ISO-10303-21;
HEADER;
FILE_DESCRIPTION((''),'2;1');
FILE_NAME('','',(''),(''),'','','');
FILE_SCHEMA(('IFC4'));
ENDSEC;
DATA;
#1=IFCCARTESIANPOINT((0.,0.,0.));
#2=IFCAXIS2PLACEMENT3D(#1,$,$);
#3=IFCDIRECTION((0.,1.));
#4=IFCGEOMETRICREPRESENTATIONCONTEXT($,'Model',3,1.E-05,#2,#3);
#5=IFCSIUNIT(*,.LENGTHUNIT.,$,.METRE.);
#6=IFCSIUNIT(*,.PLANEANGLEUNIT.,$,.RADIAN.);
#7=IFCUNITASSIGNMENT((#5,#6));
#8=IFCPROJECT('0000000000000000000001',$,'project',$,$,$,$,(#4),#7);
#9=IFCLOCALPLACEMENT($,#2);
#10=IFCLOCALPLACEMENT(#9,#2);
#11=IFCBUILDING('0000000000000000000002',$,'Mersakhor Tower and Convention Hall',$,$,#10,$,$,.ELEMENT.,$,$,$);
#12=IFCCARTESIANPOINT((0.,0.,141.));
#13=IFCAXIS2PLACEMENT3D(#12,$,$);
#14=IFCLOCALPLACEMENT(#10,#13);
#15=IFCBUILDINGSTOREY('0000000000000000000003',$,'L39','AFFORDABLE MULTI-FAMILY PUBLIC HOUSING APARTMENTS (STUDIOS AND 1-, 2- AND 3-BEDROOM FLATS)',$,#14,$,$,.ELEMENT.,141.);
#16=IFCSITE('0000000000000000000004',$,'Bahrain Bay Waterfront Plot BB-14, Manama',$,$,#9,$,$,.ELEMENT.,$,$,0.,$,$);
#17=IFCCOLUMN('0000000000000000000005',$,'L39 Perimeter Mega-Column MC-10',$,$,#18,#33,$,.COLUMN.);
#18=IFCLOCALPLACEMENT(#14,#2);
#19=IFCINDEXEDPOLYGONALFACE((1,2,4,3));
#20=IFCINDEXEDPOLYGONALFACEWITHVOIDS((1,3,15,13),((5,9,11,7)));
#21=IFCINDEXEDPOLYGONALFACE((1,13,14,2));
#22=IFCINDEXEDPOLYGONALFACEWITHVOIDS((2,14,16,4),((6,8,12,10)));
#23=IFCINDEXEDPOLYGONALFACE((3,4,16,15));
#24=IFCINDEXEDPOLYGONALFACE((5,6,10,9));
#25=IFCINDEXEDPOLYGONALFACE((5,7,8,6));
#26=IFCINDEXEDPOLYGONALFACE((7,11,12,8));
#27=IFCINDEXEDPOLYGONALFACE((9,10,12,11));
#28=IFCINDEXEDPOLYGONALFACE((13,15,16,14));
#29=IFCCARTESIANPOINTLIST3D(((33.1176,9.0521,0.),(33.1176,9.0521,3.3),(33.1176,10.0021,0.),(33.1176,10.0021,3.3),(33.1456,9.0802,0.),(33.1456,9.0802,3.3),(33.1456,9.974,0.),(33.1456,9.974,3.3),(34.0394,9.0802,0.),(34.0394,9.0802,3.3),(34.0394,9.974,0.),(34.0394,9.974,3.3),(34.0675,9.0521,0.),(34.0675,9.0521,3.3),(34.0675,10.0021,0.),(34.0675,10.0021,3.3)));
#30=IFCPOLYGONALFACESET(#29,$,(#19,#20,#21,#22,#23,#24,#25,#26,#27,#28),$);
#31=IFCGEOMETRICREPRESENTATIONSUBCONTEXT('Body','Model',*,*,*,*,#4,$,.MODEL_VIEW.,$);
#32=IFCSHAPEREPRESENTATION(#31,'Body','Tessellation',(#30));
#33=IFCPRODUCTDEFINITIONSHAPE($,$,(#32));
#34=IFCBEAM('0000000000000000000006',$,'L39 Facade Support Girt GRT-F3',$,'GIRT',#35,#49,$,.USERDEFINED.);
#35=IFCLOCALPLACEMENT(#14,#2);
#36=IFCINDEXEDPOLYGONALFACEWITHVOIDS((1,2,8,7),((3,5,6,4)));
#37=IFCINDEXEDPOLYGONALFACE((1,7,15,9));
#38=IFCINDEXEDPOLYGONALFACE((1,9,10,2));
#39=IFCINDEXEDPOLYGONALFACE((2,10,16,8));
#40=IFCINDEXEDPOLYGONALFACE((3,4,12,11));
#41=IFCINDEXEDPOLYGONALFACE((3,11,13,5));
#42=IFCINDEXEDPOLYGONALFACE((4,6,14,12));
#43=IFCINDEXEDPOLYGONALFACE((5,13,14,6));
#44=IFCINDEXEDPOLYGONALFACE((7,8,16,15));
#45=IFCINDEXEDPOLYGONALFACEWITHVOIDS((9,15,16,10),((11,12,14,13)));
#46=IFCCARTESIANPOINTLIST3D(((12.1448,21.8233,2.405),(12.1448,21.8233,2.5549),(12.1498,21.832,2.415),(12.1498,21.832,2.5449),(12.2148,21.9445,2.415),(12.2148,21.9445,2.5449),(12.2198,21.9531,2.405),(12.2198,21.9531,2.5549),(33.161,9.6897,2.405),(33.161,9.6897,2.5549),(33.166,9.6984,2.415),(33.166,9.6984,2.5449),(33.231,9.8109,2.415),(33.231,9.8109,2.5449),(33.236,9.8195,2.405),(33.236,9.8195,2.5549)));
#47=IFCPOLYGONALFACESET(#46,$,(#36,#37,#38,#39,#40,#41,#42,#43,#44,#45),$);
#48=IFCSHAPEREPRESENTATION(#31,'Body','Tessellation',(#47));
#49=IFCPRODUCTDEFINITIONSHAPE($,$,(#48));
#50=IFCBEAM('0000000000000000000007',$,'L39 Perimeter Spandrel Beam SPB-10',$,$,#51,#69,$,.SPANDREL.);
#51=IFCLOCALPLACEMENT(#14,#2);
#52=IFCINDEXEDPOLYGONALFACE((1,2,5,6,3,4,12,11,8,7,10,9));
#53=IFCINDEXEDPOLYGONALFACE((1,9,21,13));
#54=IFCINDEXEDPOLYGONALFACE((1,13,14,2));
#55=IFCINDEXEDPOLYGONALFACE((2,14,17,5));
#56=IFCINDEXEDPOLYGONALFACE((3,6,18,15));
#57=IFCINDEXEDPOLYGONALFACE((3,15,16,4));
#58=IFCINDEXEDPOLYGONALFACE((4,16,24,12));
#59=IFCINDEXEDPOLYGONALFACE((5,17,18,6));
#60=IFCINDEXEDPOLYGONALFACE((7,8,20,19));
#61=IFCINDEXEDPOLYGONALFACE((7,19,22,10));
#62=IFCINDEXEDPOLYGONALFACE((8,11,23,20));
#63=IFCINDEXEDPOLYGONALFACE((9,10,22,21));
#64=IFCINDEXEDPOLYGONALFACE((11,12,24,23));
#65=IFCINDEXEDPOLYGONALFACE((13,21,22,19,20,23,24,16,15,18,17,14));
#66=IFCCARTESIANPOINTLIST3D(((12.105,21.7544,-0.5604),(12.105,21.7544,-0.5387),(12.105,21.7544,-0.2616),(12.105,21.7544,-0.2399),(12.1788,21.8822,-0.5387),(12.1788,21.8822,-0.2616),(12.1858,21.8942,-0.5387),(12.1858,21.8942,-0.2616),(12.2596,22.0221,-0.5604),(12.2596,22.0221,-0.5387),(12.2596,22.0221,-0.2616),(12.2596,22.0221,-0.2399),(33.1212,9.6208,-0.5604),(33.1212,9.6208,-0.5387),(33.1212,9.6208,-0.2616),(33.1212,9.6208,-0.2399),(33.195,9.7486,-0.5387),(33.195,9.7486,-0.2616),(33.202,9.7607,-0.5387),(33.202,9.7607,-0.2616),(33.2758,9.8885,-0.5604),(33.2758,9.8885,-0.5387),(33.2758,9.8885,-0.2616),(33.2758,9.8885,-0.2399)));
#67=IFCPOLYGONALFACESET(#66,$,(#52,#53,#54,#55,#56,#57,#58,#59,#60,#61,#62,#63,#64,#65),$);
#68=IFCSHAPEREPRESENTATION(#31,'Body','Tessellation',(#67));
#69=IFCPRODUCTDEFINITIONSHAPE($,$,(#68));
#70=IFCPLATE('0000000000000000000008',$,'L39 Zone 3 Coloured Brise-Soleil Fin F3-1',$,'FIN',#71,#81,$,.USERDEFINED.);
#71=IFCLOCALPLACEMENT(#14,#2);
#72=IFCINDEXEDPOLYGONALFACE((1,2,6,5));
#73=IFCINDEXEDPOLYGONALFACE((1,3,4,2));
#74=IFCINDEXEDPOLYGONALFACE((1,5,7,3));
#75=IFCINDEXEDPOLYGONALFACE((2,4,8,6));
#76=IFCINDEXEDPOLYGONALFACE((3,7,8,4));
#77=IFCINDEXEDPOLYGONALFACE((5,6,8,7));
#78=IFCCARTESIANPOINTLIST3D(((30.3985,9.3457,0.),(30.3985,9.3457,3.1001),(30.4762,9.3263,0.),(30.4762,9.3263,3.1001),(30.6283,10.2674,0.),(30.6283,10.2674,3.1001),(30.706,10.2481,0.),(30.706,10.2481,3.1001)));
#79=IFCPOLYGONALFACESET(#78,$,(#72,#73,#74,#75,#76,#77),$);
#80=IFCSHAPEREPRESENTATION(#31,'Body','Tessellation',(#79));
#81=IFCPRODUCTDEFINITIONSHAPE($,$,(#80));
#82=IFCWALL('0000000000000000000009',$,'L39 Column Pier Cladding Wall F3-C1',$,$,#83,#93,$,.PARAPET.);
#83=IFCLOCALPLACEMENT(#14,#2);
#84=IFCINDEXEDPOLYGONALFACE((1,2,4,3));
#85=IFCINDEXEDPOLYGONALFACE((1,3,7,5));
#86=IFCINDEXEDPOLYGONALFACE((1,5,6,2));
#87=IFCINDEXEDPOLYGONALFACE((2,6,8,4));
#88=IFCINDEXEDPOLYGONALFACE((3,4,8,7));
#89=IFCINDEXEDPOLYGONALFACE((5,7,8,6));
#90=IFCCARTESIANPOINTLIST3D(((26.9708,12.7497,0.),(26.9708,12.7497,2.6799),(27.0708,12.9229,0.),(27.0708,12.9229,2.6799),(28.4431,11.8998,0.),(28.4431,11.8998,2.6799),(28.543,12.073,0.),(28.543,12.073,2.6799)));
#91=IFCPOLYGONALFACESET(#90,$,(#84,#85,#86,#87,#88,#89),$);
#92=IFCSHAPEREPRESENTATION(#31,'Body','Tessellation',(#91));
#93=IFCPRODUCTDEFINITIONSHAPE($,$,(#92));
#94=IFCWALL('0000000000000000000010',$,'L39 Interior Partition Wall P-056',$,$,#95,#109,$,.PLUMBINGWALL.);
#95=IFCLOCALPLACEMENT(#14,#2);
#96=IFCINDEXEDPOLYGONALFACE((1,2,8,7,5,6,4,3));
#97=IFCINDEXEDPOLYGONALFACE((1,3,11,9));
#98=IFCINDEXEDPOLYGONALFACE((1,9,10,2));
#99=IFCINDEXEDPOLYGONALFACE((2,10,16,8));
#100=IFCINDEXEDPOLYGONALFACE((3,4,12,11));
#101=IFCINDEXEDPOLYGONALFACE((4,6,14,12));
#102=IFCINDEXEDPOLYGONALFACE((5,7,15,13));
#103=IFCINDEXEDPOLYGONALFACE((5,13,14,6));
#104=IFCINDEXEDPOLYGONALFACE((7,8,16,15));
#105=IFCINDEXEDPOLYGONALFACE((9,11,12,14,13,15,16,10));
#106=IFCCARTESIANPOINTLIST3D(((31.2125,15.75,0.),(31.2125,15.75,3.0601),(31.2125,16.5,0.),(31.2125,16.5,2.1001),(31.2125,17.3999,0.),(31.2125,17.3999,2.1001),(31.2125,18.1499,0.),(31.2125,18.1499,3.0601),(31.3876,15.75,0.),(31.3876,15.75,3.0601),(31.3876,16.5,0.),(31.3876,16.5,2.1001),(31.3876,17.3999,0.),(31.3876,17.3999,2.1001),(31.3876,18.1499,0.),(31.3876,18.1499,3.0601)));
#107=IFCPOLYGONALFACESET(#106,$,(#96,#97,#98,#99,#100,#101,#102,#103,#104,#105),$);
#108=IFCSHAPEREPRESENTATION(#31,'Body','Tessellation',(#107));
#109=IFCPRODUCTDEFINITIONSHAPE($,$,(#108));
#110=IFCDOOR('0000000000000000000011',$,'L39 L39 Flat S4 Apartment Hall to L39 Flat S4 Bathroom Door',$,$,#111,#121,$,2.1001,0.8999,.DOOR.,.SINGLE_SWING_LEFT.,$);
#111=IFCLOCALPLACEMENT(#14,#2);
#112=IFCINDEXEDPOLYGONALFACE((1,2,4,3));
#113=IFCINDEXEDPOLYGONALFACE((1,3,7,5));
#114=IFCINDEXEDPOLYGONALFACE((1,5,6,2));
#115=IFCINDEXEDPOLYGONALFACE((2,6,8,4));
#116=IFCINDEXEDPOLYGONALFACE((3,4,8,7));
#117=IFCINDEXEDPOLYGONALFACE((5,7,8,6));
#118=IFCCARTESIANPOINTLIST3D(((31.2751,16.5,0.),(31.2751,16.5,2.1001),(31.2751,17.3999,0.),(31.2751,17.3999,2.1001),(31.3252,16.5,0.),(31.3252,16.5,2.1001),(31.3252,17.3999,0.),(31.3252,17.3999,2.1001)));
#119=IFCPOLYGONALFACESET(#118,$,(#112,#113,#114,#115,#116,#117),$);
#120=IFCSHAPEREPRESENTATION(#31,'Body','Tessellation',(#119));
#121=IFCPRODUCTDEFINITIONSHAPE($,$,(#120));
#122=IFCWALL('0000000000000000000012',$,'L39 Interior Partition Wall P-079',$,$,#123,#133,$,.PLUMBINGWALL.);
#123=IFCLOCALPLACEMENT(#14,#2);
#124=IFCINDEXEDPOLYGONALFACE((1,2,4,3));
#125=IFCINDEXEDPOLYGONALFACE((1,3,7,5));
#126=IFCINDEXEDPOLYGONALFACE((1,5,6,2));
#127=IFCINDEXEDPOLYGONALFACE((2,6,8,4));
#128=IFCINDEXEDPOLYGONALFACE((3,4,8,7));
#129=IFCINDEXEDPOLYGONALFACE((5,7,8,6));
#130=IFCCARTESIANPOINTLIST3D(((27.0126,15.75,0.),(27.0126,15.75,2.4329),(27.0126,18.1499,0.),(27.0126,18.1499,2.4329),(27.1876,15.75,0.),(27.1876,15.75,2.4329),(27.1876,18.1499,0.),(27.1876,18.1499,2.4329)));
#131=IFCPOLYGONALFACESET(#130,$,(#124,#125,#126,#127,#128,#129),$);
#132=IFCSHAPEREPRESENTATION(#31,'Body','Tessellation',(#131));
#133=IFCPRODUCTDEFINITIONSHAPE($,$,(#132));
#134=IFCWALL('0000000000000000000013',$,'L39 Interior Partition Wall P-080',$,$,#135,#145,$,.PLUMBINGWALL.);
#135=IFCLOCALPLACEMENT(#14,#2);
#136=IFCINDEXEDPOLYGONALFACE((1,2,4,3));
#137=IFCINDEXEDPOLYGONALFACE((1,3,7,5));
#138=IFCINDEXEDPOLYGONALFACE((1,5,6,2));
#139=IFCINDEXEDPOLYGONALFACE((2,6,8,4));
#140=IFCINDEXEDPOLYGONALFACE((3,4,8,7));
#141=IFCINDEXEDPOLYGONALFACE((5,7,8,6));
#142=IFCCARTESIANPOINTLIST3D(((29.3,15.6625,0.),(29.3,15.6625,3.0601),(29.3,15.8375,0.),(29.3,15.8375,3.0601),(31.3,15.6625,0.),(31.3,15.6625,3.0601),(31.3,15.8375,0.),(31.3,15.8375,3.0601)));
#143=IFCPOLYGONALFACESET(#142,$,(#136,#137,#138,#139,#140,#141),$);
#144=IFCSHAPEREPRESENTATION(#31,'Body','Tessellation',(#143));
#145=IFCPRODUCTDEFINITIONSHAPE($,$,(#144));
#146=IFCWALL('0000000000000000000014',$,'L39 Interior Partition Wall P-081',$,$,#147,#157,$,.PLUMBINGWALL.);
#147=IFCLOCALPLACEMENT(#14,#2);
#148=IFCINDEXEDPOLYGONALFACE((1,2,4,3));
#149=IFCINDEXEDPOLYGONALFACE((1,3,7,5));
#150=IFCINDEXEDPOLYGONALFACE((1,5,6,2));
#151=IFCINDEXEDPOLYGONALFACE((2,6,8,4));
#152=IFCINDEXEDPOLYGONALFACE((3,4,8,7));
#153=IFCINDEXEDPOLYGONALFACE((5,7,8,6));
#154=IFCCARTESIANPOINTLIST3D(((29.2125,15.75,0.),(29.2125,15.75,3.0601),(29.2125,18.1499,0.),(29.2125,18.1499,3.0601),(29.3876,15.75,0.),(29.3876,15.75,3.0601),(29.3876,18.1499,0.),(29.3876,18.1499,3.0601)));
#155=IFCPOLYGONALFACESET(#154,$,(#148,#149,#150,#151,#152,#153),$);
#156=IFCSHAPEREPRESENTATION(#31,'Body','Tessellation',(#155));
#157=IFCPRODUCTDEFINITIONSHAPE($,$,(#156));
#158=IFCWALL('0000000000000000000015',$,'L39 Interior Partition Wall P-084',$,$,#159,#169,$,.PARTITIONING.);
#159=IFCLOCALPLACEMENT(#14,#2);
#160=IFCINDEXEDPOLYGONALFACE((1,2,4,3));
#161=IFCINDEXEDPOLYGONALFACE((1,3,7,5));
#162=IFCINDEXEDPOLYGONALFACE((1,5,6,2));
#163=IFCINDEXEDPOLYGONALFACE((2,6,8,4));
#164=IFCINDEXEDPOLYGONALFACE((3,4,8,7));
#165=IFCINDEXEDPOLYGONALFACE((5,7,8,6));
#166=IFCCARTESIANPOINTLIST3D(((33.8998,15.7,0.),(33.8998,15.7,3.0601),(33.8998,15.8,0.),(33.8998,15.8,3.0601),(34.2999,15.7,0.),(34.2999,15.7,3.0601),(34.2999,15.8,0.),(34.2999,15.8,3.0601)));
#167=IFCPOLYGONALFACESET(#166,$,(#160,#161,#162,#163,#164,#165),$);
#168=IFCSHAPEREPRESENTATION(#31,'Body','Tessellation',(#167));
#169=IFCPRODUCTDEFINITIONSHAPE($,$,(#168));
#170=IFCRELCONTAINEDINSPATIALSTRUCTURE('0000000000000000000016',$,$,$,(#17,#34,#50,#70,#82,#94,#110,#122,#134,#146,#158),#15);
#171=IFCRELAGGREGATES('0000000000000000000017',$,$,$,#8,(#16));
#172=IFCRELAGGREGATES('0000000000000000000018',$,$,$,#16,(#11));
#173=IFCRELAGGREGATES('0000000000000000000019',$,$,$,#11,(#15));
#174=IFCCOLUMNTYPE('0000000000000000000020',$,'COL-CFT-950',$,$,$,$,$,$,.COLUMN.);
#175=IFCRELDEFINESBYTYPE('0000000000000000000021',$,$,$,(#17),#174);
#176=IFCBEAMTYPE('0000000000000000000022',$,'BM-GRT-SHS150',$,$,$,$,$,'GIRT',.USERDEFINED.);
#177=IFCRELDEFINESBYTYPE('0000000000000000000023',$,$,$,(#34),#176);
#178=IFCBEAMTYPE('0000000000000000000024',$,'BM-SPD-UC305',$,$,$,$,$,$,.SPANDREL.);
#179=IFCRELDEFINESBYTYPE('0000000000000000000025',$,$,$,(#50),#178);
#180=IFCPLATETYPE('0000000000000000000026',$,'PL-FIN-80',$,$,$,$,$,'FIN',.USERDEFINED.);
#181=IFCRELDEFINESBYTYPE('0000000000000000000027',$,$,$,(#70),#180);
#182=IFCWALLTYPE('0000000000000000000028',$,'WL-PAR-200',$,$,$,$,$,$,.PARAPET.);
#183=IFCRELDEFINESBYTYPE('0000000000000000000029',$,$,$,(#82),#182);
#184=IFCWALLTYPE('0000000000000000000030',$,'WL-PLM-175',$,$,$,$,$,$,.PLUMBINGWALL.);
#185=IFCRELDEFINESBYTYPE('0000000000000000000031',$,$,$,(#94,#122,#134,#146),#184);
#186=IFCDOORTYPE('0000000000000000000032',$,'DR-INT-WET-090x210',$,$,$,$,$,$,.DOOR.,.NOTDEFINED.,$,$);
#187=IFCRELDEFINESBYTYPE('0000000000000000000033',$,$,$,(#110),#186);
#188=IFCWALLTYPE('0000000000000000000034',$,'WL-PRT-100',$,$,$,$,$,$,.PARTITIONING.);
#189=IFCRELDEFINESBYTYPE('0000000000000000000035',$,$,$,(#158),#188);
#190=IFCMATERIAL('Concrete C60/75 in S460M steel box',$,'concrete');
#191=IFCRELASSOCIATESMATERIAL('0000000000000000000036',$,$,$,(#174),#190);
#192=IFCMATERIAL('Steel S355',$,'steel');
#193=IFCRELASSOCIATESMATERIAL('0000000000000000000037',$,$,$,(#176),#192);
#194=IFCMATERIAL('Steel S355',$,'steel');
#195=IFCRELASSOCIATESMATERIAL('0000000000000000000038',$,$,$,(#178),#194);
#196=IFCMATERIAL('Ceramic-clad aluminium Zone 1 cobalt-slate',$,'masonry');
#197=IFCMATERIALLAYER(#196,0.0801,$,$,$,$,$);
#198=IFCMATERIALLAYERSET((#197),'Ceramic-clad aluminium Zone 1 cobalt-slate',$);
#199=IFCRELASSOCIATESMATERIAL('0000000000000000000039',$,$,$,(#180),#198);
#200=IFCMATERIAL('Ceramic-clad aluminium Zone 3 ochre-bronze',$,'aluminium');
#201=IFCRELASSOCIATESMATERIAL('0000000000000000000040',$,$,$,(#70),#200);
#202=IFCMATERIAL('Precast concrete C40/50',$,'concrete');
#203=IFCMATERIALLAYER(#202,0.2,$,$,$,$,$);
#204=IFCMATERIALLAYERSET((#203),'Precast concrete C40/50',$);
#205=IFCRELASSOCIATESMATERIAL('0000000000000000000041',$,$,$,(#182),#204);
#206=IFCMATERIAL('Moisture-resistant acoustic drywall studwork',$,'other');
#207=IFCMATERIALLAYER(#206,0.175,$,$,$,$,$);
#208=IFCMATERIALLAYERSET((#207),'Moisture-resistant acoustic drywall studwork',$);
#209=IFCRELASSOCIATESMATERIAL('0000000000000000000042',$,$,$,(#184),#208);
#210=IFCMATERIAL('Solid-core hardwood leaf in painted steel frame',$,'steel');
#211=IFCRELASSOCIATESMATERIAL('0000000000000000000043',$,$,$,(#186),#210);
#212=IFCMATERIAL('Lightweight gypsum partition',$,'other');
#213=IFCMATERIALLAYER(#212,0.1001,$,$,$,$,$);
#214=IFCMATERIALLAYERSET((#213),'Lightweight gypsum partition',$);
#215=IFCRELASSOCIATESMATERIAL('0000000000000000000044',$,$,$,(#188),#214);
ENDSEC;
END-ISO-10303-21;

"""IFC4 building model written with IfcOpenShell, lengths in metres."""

from ifc_helpers import new_model, si_unit, direction, frame, frame_2d, origin, origin_2d, place, context, subcontext, project, spatial, rectangle, hollow_rectangle, i_section, extrude, material, layer, layer_set, material_profile, profile_set, type_object, element, fill, save


model = new_model("IFC4")

# Units and contexts
model_context = context("Model", 3, precision=1e-05, world=origin(), true_north=direction((0.0, 1.0)))
body_context = subcontext(model_context, "Body", "Model", "MODEL_VIEW")
ifc_project = project(units=[si_unit("LENGTHUNIT", "METRE"), si_unit("PLANEANGLEUNIT", "RADIAN")], contexts=[model_context])

# Site, building, storey
site_placement = place(None, origin())
site = spatial("IfcSite", under=ifc_project, at=site_placement, Name="Bahrain Bay Waterfront Plot BB-14, Manama", CompositionType="ELEMENT", RefElevation=0.0)
building_placement = place(site_placement, origin())
building = spatial("IfcBuilding", under=site, at=building_placement, Name="Mersakhor Tower and Convention Hall", CompositionType="ELEMENT")
storey_placement = place(building_placement, frame((0.0, 0.0, 141.0)))
storey = spatial("IfcBuildingStorey", under=building, at=storey_placement, Name="L39", Description="AFFORDABLE MULTI-FAMILY PUBLIC HOUSING APARTMENTS (STUDIOS AND 1-, 2- AND 3-BEDROOM FLATS)", CompositionType="ELEMENT", Elevation=141.0)

# Column
ifc_material_1 = material(Name="Concrete C60/75 in S460M steel box", Category="concrete")
ifc_material_profile_1 = material_profile(ifc_material_1, hollow_rectangle(XDim=0.95, YDim=0.95, WallThickness=0.0281, at=origin_2d()), Name="SHS 950x950x28")
ifc_profile_set_1 = profile_set([ifc_material_profile_1], Name="Concrete C60/75 in S460M steel box")
column_type = type_object("IfcColumnType", Name="COL-CFT-950", PredefinedType="COLUMN", material=ifc_profile_set_1)
column_placement = place(storey_placement, frame((33.5925, 9.5271, 0.0), z_axis=(0.0, 0.0, 1.0), x_axis=(1.0, 0.0, 0.0)))
element("IfcColumn", 1, at=column_placement, inside=storey, type_object=column_type, Name="L39 Perimeter Mega-Column MC-10", PredefinedType="COLUMN", context=body_context, shape_type="SweptSolid", body=[
    extrude(hollow_rectangle(XDim=0.95, YDim=0.95, WallThickness=0.0281, at=origin_2d()), origin(), (0.0, 0.0, 1.0), 3.3),
])

# Beams
ifc_material_2 = material(Name="Steel S355", Category="steel")
ifc_material_profile_2 = material_profile(ifc_material_2, hollow_rectangle(XDim=0.1499, YDim=0.1499, WallThickness=0.01, at=origin_2d()), Name="SHS 150x150x10")
ifc_profile_set_2 = profile_set([ifc_material_profile_2], Name="Steel S355")
beam_type_1 = type_object("IfcBeamType", Name="BM-GRT-SHS150", ElementType="GIRT", PredefinedType="USERDEFINED", material=ifc_profile_set_2)
beam_1_placement = place(storey_placement, frame((33.1985, 9.7546, 2.48), z_axis=(-0.866027, 0.499996, 0.0), x_axis=(-0.499996, -0.866027, 0.0)))
element("IfcBeam", 2, at=beam_1_placement, inside=storey, type_object=beam_type_1, Name="L39 Facade Support Girt GRT-F3", ObjectType="GIRT", PredefinedType="USERDEFINED", context=body_context, shape_type="SweptSolid", body=[
    extrude(hollow_rectangle(XDim=0.1499, YDim=0.1499, WallThickness=0.01, at=origin_2d()), origin(), (0.0, 0.0, 1.0), 24.2673),
])
ifc_material_3 = material(Name="Steel S355", Category="steel")
ifc_material_profile_3 = material_profile(ifc_material_3, i_section(OverallWidth=0.3091, OverallDepth=0.3206, WebThickness=0.0139, FlangeThickness=0.0217, at=origin_2d()), Name="UC 305x305x137")
ifc_profile_set_3 = profile_set([ifc_material_profile_3], Name="Steel S355")
beam_type_2 = type_object("IfcBeamType", Name="BM-SPD-UC305", PredefinedType="SPANDREL", material=ifc_profile_set_3)
beam_2_placement = place(storey_placement, frame((33.1985, 9.7546, -0.4001), z_axis=(-0.866027, 0.499996, 0.0), x_axis=(-0.499996, -0.866027, 0.0)))
element("IfcBeam", 3, at=beam_2_placement, inside=storey, type_object=beam_type_2, Name="L39 Perimeter Spandrel Beam SPB-10", PredefinedType="SPANDREL", context=body_context, shape_type="SweptSolid", body=[
    extrude(i_section(OverallWidth=0.3091, OverallDepth=0.3206, WebThickness=0.0139, FlangeThickness=0.0217, at=origin_2d()), origin(), (0.0, 0.0, 1.0), 24.2673),
])

# Plate
ifc_material_4 = material(Name="Ceramic-clad aluminium Zone 3 ochre-bronze", Category="aluminium")
ifc_material_5 = material(Name="Ceramic-clad aluminium Zone 1 cobalt-slate", Category="masonry")
ifc_layer_1 = layer(ifc_material_5, 0.0801)
ifc_layer_set_1 = layer_set([ifc_layer_1], Name="Ceramic-clad aluminium Zone 1 cobalt-slate")
plate_type = type_object("IfcPlateType", Name="PL-FIN-80", ElementType="FIN", PredefinedType="USERDEFINED", material=ifc_layer_set_1)
plate_placement = place(storey_placement, frame((30.5522, 9.7969, 0.0), z_axis=(0.0, 0.0, 1.0), x_axis=(-0.241922, -0.970296, 0.0)))
element("IfcPlate", 4, at=plate_placement, inside=storey, type_object=plate_type, material=ifc_material_4, Name="L39 Zone 3 Coloured Brise-Soleil Fin F3-1", ObjectType="FIN", PredefinedType="USERDEFINED", context=body_context, shape_type="SweptSolid", body=[
    extrude(rectangle(XDim=0.95, YDim=0.0801, at=origin_2d()), origin(), (0.0, 0.0, 1.0), 3.1001),
])

# Wall
ifc_material_6 = material(Name="Precast concrete C40/50", Category="concrete")
ifc_layer_2 = layer(ifc_material_6, 0.2)
ifc_layer_set_2 = layer_set([ifc_layer_2], Name="Precast concrete C40/50")
wall_type_1 = type_object("IfcWallType", Name="WL-PAR-200", PredefinedType="PARAPET", material=ifc_layer_set_2)
wall_1_placement = place(storey_placement, frame((28.4932, 11.9863, 0.0), z_axis=(0.0, 0.0, 1.0), x_axis=(-0.866052, 0.499955, 0.0)))
element("IfcWall", 5, at=wall_1_placement, inside=storey, type_object=wall_type_1, Name="L39 Column Pier Cladding Wall F3-C1", PredefinedType="PARAPET", context=body_context, shape_type="SweptSolid", body=[
    extrude(rectangle(XDim=1.7, YDim=0.2, at=frame_2d((0.8501, 0.0))), origin(), (0.0, 0.0, 1.0), 2.6799),
])

# Wall, opening, door
ifc_material_7 = material(Name="Moisture-resistant acoustic drywall studwork", Category="other")
ifc_layer_3 = layer(ifc_material_7, 0.175)
ifc_layer_set_3 = layer_set([ifc_layer_3], Name="Moisture-resistant acoustic drywall studwork")
wall_type_2 = type_object("IfcWallType", Name="WL-PLM-175", PredefinedType="PLUMBINGWALL", material=ifc_layer_set_3)
wall_2_placement = place(storey_placement, frame((31.3, 15.75, 0.0), z_axis=(0.0, 0.0, 1.0), x_axis=(0.0, 1.0, 0.0)))
wall_2 = element("IfcWall", 6, at=wall_2_placement, inside=storey, type_object=wall_type_2, Name="L39 Interior Partition Wall P-056", PredefinedType="PLUMBINGWALL", context=body_context, shape_type="SweptSolid", body=[
    extrude(rectangle(XDim=2.3999, YDim=0.175, at=frame_2d((1.2, 0.0))), origin(), (0.0, 0.0, 1.0), 3.0601),
])
opening_1_placement = place(wall_2_placement, frame((0.75, 0.0, 0.0)))
opening_1 = element("IfcOpeningElement", 7, at=opening_1_placement, cuts=wall_2, PredefinedType="OPENING", context=body_context, shape_type="SweptSolid", body=[
    extrude(rectangle(XDim=0.8999, YDim=2.1001, at=frame_2d((0.45, 1.05))), frame((0.0, 0.0974, 0.0), z_axis=(0.0, -1.0, 0.0), x_axis=(1.0, 0.0, 0.0)), (0.0, 0.0, 1.0), 0.1951),
])
ifc_material_8 = material(Name="Solid-core hardwood leaf in painted steel frame", Category="steel")
door_type_1 = type_object("IfcDoorType", Name="DR-INT-WET-090x210", OperationType="NOTDEFINED", PredefinedType="DOOR", material=ifc_material_8)
door_1_placement = place(opening_1_placement, origin())
door_1 = element("IfcDoor", 8, at=door_1_placement, inside=storey, type_object=door_type_1, Name="L39 L39 Flat S4 Apartment Hall to L39 Flat S4 Bathroom Door", OperationType="SINGLE_SWING_LEFT", OverallHeight=2.1001, OverallWidth=0.8999, PredefinedType="DOOR", context=body_context, shape_type="SweptSolid", body=[
    extrude(rectangle(XDim=0.8999, YDim=2.1001, at=frame_2d((0.45, 1.05))), frame((0.0, 0.0249, 0.0), z_axis=(0.0, -1.0, 0.0), x_axis=(1.0, 0.0, 0.0)), (0.0, 0.0, 1.0), 0.05),
])
fill(opening_1, door_1)

# Walls
wall_3_placement = place(storey_placement, frame((27.1001, 18.1499, 0.0), z_axis=(0.0, 0.0, 1.0), x_axis=(0.0, -1.0, 0.0)))
element("IfcWall", 9, at=wall_3_placement, inside=storey, type_object=wall_type_2, Name="L39 Interior Partition Wall P-079", PredefinedType="PLUMBINGWALL", context=body_context, shape_type="SweptSolid", body=[
    extrude(rectangle(XDim=2.3999, YDim=0.175, at=frame_2d((1.2, 0.0))), origin(), (0.0, 0.0, 1.0), 2.4329),
])
wall_4_placement = place(storey_placement, frame((31.3, 15.75, 0.0), z_axis=(0.0, 0.0, 1.0), x_axis=(-1.0, 0.0, 0.0)))
element("IfcWall", 10, at=wall_4_placement, inside=storey, type_object=wall_type_2, Name="L39 Interior Partition Wall P-080", PredefinedType="PLUMBINGWALL", context=body_context, shape_type="SweptSolid", body=[
    extrude(rectangle(XDim=2.0, YDim=0.175, at=frame_2d((1.0, 0.0))), origin(), (0.0, 0.0, 1.0), 3.0601),
])
wall_5_placement = place(storey_placement, frame((29.3, 15.75, 0.0), z_axis=(0.0, 0.0, 1.0), x_axis=(0.0, 1.0, 0.0)))
element("IfcWall", 11, at=wall_5_placement, inside=storey, type_object=wall_type_2, Name="L39 Interior Partition Wall P-081", PredefinedType="PLUMBINGWALL", context=body_context, shape_type="SweptSolid", body=[
    extrude(rectangle(XDim=2.3999, YDim=0.175, at=frame_2d((1.2, 0.0))), origin(), (0.0, 0.0, 1.0), 3.0601),
])
ifc_material_9 = material(Name="Lightweight gypsum partition", Category="other")
ifc_layer_4 = layer(ifc_material_9, 0.1001)
ifc_layer_set_4 = layer_set([ifc_layer_4], Name="Lightweight gypsum partition")
wall_type_3 = type_object("IfcWallType", Name="WL-PRT-100", PredefinedType="PARTITIONING", material=ifc_layer_set_4)
wall_6_placement = place(storey_placement, frame((34.3, 15.75, 0.0), z_axis=(0.0, 0.0, 1.0), x_axis=(-1.0, 0.0, 0.0)))
element("IfcWall", 12, at=wall_6_placement, inside=storey, type_object=wall_type_3, Name="L39 Interior Partition Wall P-084", PredefinedType="PARTITIONING", context=body_context, shape_type="SweptSolid", body=[
    extrude(rectangle(XDim=0.4001, YDim=0.1001, at=frame_2d((0.2002, 0.0))), origin(), (0.0, 0.0, 1.0), 3.0601),
])

save(model, "model.ifc")
